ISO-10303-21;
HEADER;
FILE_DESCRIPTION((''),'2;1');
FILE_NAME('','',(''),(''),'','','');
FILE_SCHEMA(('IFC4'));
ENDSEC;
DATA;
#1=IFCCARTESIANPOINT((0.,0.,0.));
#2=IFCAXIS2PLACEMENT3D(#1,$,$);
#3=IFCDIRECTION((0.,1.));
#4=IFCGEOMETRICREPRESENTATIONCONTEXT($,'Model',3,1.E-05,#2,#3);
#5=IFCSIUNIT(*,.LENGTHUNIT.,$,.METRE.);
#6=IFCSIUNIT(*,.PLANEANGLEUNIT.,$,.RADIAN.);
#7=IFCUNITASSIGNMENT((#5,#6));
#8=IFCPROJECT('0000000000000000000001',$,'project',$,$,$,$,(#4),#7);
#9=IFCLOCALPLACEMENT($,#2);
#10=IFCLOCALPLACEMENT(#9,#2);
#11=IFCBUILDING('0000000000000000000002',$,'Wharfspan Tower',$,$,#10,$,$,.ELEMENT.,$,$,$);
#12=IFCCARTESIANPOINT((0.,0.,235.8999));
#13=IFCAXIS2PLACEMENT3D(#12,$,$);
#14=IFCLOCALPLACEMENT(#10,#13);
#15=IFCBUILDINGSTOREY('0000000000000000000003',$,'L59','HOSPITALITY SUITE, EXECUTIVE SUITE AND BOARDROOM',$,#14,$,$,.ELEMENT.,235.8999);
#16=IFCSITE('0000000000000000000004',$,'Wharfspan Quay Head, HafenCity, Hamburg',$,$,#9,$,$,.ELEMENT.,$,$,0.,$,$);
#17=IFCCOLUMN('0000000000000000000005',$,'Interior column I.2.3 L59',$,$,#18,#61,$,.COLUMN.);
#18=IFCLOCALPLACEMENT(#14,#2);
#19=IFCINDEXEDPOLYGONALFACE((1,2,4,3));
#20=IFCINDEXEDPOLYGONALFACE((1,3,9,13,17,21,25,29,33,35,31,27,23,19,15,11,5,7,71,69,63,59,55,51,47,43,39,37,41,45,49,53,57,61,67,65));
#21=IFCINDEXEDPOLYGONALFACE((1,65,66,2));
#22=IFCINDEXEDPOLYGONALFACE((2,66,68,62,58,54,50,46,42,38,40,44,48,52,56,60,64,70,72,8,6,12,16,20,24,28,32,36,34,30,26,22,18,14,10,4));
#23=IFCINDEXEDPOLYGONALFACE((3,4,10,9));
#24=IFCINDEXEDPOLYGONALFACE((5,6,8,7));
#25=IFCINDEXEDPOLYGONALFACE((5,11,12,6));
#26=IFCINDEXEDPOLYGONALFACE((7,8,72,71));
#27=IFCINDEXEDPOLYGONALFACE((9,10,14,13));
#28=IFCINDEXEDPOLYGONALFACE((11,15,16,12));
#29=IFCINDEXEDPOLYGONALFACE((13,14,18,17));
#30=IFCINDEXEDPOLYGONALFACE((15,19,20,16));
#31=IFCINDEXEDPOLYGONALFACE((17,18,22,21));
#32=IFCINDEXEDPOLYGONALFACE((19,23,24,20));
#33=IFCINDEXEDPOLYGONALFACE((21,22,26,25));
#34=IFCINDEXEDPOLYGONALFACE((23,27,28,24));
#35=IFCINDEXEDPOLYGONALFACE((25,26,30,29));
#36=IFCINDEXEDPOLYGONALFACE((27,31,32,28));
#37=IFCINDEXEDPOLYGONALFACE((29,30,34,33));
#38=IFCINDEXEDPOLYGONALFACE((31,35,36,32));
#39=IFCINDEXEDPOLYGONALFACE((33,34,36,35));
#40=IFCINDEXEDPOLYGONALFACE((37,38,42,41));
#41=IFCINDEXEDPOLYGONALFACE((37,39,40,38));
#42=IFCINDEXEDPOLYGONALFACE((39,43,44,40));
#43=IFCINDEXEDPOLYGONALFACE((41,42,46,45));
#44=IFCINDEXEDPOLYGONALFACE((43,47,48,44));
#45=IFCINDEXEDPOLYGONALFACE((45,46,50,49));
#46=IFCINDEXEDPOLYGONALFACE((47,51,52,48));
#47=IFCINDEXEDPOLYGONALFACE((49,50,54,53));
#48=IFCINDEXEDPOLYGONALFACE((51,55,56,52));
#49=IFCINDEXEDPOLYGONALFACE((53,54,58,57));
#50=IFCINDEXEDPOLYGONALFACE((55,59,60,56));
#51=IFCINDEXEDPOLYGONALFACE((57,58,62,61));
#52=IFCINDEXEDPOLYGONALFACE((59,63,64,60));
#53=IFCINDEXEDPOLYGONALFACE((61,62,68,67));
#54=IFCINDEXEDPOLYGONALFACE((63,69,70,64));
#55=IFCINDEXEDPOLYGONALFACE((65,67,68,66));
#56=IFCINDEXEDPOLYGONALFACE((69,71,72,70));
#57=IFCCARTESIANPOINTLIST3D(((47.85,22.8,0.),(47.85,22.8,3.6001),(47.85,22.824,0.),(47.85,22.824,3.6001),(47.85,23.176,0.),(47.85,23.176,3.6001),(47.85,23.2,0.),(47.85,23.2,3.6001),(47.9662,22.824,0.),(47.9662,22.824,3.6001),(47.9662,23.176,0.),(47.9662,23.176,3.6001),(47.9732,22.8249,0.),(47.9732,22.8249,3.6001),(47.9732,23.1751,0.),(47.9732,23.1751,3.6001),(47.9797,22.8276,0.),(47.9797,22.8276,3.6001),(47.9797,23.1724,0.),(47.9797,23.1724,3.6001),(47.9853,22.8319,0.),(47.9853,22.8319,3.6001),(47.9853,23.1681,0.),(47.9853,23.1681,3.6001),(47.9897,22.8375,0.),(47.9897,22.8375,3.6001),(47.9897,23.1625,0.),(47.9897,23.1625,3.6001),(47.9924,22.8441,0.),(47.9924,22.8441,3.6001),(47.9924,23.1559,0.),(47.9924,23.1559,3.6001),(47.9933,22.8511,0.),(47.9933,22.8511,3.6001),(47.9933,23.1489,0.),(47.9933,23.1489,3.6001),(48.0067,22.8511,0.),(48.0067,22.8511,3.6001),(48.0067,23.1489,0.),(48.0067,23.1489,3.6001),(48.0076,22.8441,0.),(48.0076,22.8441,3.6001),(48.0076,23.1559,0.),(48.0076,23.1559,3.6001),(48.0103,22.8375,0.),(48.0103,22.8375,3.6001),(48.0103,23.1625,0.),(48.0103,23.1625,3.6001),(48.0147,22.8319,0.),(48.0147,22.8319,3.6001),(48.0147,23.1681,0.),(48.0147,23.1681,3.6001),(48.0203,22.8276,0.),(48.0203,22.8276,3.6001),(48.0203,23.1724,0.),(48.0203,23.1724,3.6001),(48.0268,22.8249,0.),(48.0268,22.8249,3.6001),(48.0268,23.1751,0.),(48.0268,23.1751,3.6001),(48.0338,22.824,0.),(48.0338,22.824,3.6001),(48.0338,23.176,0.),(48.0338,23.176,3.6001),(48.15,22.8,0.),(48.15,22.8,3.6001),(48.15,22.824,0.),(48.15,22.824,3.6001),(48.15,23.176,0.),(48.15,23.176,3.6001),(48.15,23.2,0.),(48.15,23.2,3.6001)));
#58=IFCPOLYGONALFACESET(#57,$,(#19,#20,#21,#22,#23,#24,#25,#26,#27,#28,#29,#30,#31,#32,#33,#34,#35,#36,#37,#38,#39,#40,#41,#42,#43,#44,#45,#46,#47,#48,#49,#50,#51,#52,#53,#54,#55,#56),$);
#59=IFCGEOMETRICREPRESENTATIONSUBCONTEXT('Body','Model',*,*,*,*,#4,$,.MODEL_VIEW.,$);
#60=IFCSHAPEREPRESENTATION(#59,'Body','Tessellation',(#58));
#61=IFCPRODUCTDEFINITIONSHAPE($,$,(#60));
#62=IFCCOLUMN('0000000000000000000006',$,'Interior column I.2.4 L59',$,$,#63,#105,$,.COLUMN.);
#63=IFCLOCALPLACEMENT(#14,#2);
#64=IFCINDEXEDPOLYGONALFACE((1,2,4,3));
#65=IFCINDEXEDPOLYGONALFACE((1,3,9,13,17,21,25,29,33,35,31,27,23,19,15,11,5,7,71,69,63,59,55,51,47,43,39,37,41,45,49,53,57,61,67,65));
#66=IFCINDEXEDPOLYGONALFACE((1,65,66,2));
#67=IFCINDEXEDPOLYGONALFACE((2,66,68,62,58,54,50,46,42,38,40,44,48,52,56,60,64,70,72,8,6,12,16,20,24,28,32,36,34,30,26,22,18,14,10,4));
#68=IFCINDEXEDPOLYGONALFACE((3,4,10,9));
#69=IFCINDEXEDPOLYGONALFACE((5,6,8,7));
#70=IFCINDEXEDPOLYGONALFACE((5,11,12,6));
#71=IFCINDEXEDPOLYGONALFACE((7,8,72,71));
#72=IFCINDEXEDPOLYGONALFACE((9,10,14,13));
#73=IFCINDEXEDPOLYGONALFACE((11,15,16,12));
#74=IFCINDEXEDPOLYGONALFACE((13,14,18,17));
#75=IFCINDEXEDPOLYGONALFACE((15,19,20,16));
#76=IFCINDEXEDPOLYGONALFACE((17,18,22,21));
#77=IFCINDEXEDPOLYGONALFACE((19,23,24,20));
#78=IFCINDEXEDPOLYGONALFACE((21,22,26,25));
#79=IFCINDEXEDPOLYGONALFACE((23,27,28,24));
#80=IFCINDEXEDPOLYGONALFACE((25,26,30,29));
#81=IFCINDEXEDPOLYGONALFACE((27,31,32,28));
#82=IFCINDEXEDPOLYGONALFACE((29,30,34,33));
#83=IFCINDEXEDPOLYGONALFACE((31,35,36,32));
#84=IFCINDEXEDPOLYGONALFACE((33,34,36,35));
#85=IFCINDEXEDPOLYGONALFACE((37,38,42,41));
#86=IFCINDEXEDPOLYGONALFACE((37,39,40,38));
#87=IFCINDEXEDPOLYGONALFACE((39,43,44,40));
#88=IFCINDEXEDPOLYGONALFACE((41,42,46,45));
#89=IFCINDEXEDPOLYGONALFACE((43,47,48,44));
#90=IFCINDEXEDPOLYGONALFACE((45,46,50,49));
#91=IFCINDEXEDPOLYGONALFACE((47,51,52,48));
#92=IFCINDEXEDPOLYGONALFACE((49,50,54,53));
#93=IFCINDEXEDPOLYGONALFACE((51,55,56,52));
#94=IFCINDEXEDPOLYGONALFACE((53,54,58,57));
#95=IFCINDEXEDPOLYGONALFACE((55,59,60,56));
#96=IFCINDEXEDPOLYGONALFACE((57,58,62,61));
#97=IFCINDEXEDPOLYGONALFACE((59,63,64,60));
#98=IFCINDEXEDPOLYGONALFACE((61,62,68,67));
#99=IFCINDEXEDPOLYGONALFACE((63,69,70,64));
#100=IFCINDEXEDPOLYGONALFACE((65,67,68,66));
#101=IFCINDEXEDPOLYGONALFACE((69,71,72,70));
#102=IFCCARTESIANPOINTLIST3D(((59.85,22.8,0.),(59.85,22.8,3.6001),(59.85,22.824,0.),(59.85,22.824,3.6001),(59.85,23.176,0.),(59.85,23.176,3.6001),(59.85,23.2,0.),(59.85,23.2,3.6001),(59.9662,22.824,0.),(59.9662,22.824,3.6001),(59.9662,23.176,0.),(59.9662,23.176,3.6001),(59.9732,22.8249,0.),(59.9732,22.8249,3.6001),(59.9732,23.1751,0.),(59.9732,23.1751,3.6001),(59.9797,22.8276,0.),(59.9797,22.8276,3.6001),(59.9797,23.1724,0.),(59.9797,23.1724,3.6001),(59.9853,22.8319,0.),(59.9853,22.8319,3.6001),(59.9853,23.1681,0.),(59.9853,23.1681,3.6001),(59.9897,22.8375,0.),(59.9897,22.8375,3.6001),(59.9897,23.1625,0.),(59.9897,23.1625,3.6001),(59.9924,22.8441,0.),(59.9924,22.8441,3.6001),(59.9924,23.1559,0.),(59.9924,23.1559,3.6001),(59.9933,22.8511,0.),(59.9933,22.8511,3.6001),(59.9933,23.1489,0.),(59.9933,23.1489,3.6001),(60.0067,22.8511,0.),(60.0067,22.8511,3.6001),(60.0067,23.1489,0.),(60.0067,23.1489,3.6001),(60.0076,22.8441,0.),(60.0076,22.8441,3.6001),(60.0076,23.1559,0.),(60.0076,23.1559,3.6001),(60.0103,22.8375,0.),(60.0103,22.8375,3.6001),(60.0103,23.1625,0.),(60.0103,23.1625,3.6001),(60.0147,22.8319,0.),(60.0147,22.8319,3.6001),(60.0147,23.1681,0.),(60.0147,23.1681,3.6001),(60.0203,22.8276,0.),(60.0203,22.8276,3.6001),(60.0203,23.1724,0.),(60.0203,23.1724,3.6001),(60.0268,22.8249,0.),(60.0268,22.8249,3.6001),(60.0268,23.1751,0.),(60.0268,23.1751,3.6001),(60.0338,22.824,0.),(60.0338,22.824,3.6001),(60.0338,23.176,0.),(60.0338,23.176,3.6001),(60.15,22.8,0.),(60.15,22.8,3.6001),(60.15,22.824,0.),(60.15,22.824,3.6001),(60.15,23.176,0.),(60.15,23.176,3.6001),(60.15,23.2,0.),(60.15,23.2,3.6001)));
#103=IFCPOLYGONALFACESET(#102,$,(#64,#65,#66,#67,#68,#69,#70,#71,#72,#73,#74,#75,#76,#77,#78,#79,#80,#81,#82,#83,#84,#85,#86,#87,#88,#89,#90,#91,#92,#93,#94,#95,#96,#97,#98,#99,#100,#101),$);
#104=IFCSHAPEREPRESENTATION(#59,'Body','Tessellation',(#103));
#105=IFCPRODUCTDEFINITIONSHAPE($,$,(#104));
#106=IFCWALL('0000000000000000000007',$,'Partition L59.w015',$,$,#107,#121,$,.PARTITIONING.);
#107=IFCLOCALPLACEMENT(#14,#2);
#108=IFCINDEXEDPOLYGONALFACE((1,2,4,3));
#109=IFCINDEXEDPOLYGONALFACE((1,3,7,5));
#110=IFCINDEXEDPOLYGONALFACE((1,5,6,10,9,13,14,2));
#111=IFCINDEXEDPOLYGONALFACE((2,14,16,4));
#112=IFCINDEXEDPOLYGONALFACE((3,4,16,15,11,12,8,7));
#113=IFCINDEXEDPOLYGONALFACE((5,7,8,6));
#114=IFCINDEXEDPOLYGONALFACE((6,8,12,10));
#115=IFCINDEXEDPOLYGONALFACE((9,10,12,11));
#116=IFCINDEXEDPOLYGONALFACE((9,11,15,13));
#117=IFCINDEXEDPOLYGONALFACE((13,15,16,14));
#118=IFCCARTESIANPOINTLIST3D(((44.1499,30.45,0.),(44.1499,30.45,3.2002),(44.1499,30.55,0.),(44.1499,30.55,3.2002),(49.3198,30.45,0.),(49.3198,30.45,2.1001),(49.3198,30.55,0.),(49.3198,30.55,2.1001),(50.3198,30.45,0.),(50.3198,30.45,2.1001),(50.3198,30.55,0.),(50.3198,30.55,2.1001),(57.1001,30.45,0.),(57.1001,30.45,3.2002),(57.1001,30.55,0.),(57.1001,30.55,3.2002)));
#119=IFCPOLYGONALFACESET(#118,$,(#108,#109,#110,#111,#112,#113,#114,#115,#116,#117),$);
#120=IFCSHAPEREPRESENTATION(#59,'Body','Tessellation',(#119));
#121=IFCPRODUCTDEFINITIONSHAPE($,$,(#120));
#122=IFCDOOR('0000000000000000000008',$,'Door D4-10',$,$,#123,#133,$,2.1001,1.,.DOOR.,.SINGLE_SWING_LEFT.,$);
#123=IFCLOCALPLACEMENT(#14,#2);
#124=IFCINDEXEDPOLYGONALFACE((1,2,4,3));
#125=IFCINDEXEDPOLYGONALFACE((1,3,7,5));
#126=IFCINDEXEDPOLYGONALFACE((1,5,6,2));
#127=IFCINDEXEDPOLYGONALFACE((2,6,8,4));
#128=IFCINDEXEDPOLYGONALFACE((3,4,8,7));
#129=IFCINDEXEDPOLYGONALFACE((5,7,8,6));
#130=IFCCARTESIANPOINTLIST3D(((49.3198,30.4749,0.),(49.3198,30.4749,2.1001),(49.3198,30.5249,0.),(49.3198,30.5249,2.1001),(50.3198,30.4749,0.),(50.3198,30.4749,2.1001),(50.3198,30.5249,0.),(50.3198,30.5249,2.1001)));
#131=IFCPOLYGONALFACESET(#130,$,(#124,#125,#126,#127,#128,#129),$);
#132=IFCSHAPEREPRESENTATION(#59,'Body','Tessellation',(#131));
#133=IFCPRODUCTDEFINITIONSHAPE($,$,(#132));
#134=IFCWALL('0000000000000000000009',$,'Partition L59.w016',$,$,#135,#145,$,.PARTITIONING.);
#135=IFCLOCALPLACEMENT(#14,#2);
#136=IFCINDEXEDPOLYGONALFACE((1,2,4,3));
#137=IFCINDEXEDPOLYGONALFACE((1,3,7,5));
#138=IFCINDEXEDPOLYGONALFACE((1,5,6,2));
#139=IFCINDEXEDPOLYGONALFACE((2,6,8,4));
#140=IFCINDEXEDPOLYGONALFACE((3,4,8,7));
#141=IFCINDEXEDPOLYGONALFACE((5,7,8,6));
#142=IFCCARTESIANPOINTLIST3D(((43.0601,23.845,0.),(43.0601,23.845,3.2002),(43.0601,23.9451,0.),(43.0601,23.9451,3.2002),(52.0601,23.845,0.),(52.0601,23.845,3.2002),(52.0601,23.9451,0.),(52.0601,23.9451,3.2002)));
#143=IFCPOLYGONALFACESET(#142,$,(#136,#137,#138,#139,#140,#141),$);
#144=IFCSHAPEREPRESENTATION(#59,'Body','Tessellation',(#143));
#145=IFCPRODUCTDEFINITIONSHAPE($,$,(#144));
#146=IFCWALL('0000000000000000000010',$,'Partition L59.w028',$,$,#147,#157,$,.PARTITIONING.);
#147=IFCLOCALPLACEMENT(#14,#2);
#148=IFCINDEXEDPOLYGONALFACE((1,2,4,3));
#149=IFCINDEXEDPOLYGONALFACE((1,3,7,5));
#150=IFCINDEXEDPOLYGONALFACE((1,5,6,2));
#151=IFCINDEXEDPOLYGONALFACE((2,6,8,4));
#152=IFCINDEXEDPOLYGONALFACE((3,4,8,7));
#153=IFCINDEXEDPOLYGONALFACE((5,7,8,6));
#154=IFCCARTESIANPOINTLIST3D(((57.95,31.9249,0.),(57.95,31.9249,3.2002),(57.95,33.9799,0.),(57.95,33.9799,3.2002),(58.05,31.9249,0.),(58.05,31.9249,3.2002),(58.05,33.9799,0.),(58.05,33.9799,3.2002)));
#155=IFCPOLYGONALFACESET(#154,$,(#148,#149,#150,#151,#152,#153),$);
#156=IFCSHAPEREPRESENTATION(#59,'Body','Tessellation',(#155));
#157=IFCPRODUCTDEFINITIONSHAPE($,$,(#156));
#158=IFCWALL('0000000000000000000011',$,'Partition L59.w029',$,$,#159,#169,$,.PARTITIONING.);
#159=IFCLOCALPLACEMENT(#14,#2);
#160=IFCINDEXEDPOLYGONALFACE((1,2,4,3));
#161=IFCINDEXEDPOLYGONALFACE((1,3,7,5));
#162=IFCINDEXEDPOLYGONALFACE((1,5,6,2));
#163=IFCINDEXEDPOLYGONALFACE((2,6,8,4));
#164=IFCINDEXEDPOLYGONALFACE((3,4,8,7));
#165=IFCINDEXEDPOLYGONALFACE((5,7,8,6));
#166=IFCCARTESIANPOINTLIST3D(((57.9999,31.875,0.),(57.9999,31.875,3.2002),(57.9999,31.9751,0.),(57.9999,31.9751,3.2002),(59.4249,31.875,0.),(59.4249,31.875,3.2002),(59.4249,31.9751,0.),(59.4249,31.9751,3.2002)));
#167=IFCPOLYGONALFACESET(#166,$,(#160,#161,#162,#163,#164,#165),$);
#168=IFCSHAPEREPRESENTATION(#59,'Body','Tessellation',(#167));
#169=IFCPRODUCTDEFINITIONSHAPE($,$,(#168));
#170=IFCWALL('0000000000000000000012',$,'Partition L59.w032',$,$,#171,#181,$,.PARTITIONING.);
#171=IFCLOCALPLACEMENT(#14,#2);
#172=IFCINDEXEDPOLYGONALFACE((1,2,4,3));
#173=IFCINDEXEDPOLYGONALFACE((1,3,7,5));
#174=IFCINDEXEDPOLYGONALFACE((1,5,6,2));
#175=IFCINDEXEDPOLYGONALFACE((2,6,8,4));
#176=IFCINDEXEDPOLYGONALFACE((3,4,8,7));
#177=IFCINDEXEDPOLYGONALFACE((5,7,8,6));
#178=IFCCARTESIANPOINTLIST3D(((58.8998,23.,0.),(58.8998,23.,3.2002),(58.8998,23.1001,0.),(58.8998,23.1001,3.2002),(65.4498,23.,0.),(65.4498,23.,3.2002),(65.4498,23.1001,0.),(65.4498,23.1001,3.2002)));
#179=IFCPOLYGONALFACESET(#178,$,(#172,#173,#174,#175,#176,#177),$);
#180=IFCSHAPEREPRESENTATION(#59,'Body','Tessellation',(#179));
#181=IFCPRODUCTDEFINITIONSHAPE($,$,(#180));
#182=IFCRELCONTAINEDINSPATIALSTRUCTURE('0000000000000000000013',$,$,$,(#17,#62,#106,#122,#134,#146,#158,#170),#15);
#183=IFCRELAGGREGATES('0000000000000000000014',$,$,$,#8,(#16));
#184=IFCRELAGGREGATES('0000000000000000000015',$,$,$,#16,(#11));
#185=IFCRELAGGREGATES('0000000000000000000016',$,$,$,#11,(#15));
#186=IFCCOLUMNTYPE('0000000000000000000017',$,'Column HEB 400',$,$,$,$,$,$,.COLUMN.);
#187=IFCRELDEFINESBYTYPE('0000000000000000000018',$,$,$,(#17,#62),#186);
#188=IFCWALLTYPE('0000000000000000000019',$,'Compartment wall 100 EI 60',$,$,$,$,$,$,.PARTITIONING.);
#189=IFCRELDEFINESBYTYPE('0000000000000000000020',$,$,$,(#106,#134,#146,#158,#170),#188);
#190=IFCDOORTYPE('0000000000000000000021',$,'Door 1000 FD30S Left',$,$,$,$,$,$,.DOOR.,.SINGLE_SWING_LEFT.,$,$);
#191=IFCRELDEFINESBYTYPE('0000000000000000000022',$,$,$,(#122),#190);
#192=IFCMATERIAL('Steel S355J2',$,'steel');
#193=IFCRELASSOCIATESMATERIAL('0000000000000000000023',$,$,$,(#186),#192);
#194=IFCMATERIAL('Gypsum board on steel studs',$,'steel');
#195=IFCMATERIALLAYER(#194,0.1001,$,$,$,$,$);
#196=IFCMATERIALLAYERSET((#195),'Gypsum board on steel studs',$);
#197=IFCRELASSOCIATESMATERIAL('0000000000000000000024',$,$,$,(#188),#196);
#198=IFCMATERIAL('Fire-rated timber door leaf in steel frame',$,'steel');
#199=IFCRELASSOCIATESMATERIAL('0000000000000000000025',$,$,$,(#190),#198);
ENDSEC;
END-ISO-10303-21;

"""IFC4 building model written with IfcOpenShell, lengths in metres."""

from ifc_helpers import new_model, si_unit, direction, frame, frame_2d, origin, origin_2d, place, context, subcontext, project, spatial, rectangle, i_section, extrude, material, layer, layer_set, material_profile, profile_set, type_object, element, fill, save


model = new_model("IFC4")

# Units and contexts
model_context = context("Model", 3, precision=1e-05, world=origin(), true_north=direction((0.0, 1.0)))
body_context = subcontext(model_context, "Body", "Model", "MODEL_VIEW")
ifc_project = project(units=[si_unit("LENGTHUNIT", "METRE"), si_unit("PLANEANGLEUNIT", "RADIAN")], contexts=[model_context])

# Site, building, storey
site_placement = place(None, origin())
site = spatial("IfcSite", under=ifc_project, at=site_placement, Name="Wharfspan Quay Head, HafenCity, Hamburg", CompositionType="ELEMENT", RefElevation=0.0)
building_placement = place(site_placement, origin())
building = spatial("IfcBuilding", under=site, at=building_placement, Name="Wharfspan Tower", CompositionType="ELEMENT")
storey_placement = place(building_placement, frame((0.0, 0.0, 235.8999)))
storey = spatial("IfcBuildingStorey", under=building, at=storey_placement, Name="L59", Description="HOSPITALITY SUITE, EXECUTIVE SUITE AND BOARDROOM", CompositionType="ELEMENT", Elevation=235.8999)

# Columns
ifc_material_1 = material(Name="Steel S355J2", Category="steel")
ifc_material_profile = material_profile(ifc_material_1, i_section(OverallWidth=0.3, OverallDepth=0.3999, WebThickness=0.0134, FlangeThickness=0.0239, FilletRadius=0.0271, at=origin_2d()))
ifc_profile_set = profile_set([ifc_material_profile], Name="Steel S355J2")
column_type = type_object("IfcColumnType", Name="Column HEB 400", PredefinedType="COLUMN", material=ifc_profile_set)
for number, where, z_axis, x_axis, name in (
    (1, (48.0, 23.0, 0.0), (0.0, 0.0, 1.0), (1.0, 0.0, 0.0), "Interior column I.2.3 L59"),
    (2, (60.0, 23.0, 0.0), (0.0, 0.0, 1.0), (1.0, 0.0, 0.0), "Interior column I.2.4 L59"),
):
    element("IfcColumn", number, at=place(storey_placement, frame(where, z_axis=z_axis, x_axis=x_axis)), inside=storey, type_object=column_type, Name=name, PredefinedType="COLUMN", context=body_context, shape_type="SweptSolid", body=[
        extrude(i_section(OverallWidth=0.3, OverallDepth=0.3999, WebThickness=0.0134, FlangeThickness=0.0239, FilletRadius=0.0271, at=origin_2d()), origin(), (0.0, 0.0, 1.0), 3.6001),
    ])

# Wall, opening, door
ifc_material_2 = material(Name="Gypsum board on steel studs", Category="steel")
ifc_layer_1 = layer(ifc_material_2, 0.1001)
ifc_layer_set_1 = layer_set([ifc_layer_1], Name="Gypsum board on steel studs")
wall_type_1 = type_object("IfcWallType", Name="Compartment wall 100 EI 60", PredefinedType="PARTITIONING", material=ifc_layer_set_1)
wall_1_placement = place(storey_placement, frame((44.1499, 30.5, 0.0), z_axis=(0.0, 0.0, 1.0), x_axis=(1.0, 0.0, 0.0)))
wall_1 = element("IfcWall", 3, at=wall_1_placement, inside=storey, type_object=wall_type_1, Name="Partition L59.w015", PredefinedType="PARTITIONING", context=body_context, shape_type="SweptSolid", body=[
    extrude(rectangle(XDim=12.9502, YDim=0.1001, at=frame_2d((6.4751, 0.0))), origin(), (0.0, 0.0, 1.0), 3.2002),
])
opening_1_placement = place(wall_1_placement, frame((5.1699, 0.0, 0.0)))
opening_1 = element("IfcOpeningElement", 4, at=opening_1_placement, cuts=wall_1, PredefinedType="OPENING", context=body_context, shape_type="SweptSolid", body=[
    extrude(rectangle(XDim=1.0, YDim=2.1001, at=frame_2d((0.5, 1.05))), frame((0.0, 0.0601, 0.0), z_axis=(0.0, -1.0, 0.0), x_axis=(1.0, 0.0, 0.0)), (0.0, 0.0, 1.0), 0.1201),
])
ifc_material_3 = material(Name="Fire-rated timber door leaf in steel frame", Category="steel")
door_type_1 = type_object("IfcDoorType", Name="Door 1000 FD30S Left", OperationType="SINGLE_SWING_LEFT", PredefinedType="DOOR", material=ifc_material_3)
door_1_placement = place(opening_1_placement, origin())
door_1 = element("IfcDoor", 5, at=door_1_placement, inside=storey, type_object=door_type_1, Name="Door D4-10", OperationType="SINGLE_SWING_LEFT", OverallHeight=2.1001, OverallWidth=1.0, PredefinedType="DOOR", context=body_context, shape_type="SweptSolid", body=[
    extrude(rectangle(XDim=1.0, YDim=2.1001, at=frame_2d((0.5, 1.05))), frame((0.0, 0.0249, 0.0), z_axis=(0.0, -1.0, 0.0), x_axis=(1.0, 0.0, 0.0)), (0.0, 0.0, 1.0), 0.05),
])
fill(opening_1, door_1)

# Walls
wall_2_placement = place(storey_placement, frame((43.0601, 23.895, 0.0), z_axis=(0.0, 0.0, 1.0), x_axis=(1.0, 0.0, 0.0)))
element("IfcWall", 6, at=wall_2_placement, inside=storey, type_object=wall_type_1, Name="Partition L59.w016", PredefinedType="PARTITIONING", context=body_context, shape_type="SweptSolid", body=[
    extrude(rectangle(XDim=9.0, YDim=0.1001, at=frame_2d((4.5, 0.0))), origin(), (0.0, 0.0, 1.0), 3.2002),
])
wall_3_placement = place(storey_placement, frame((58.0, 31.925, 0.0), z_axis=(0.0, 0.0, 1.0), x_axis=(0.0, 1.0, 0.0)))
element("IfcWall", 7, at=wall_3_placement, inside=storey, type_object=wall_type_1, Name="Partition L59.w028", PredefinedType="PARTITIONING", context=body_context, shape_type="SweptSolid", body=[
    extrude(rectangle(XDim=2.0549, YDim=0.1001, at=frame_2d((1.0273, 0.0))), origin(), (0.0, 0.0, 1.0), 3.2002),
])
wall_4_placement = place(storey_placement, frame((58.0, 31.925, 0.0), z_axis=(0.0, 0.0, 1.0), x_axis=(1.0, 0.0, 0.0)))
element("IfcWall", 8, at=wall_4_placement, inside=storey, type_object=wall_type_1, Name="Partition L59.w029", PredefinedType="PARTITIONING", context=body_context, shape_type="SweptSolid", body=[
    extrude(rectangle(XDim=1.425, YDim=0.1001, at=frame_2d((0.7124, 0.0))), origin(), (0.0, 0.0, 1.0), 3.2002),
])
wall_5_placement = place(storey_placement, frame((58.8999, 23.05, 0.0), z_axis=(0.0, 0.0, 1.0), x_axis=(1.0, 0.0, 0.0)))
element("IfcWall", 9, at=wall_5_placement, inside=storey, type_object=wall_type_1, Name="Partition L59.w032", PredefinedType="PARTITIONING", context=body_context, shape_type="SweptSolid", body=[
    extrude(rectangle(XDim=6.55, YDim=0.1001, at=frame_2d((3.2749, 0.0))), origin(), (0.0, 0.0, 1.0), 3.2002),
])

save(model, "model.ifc")
